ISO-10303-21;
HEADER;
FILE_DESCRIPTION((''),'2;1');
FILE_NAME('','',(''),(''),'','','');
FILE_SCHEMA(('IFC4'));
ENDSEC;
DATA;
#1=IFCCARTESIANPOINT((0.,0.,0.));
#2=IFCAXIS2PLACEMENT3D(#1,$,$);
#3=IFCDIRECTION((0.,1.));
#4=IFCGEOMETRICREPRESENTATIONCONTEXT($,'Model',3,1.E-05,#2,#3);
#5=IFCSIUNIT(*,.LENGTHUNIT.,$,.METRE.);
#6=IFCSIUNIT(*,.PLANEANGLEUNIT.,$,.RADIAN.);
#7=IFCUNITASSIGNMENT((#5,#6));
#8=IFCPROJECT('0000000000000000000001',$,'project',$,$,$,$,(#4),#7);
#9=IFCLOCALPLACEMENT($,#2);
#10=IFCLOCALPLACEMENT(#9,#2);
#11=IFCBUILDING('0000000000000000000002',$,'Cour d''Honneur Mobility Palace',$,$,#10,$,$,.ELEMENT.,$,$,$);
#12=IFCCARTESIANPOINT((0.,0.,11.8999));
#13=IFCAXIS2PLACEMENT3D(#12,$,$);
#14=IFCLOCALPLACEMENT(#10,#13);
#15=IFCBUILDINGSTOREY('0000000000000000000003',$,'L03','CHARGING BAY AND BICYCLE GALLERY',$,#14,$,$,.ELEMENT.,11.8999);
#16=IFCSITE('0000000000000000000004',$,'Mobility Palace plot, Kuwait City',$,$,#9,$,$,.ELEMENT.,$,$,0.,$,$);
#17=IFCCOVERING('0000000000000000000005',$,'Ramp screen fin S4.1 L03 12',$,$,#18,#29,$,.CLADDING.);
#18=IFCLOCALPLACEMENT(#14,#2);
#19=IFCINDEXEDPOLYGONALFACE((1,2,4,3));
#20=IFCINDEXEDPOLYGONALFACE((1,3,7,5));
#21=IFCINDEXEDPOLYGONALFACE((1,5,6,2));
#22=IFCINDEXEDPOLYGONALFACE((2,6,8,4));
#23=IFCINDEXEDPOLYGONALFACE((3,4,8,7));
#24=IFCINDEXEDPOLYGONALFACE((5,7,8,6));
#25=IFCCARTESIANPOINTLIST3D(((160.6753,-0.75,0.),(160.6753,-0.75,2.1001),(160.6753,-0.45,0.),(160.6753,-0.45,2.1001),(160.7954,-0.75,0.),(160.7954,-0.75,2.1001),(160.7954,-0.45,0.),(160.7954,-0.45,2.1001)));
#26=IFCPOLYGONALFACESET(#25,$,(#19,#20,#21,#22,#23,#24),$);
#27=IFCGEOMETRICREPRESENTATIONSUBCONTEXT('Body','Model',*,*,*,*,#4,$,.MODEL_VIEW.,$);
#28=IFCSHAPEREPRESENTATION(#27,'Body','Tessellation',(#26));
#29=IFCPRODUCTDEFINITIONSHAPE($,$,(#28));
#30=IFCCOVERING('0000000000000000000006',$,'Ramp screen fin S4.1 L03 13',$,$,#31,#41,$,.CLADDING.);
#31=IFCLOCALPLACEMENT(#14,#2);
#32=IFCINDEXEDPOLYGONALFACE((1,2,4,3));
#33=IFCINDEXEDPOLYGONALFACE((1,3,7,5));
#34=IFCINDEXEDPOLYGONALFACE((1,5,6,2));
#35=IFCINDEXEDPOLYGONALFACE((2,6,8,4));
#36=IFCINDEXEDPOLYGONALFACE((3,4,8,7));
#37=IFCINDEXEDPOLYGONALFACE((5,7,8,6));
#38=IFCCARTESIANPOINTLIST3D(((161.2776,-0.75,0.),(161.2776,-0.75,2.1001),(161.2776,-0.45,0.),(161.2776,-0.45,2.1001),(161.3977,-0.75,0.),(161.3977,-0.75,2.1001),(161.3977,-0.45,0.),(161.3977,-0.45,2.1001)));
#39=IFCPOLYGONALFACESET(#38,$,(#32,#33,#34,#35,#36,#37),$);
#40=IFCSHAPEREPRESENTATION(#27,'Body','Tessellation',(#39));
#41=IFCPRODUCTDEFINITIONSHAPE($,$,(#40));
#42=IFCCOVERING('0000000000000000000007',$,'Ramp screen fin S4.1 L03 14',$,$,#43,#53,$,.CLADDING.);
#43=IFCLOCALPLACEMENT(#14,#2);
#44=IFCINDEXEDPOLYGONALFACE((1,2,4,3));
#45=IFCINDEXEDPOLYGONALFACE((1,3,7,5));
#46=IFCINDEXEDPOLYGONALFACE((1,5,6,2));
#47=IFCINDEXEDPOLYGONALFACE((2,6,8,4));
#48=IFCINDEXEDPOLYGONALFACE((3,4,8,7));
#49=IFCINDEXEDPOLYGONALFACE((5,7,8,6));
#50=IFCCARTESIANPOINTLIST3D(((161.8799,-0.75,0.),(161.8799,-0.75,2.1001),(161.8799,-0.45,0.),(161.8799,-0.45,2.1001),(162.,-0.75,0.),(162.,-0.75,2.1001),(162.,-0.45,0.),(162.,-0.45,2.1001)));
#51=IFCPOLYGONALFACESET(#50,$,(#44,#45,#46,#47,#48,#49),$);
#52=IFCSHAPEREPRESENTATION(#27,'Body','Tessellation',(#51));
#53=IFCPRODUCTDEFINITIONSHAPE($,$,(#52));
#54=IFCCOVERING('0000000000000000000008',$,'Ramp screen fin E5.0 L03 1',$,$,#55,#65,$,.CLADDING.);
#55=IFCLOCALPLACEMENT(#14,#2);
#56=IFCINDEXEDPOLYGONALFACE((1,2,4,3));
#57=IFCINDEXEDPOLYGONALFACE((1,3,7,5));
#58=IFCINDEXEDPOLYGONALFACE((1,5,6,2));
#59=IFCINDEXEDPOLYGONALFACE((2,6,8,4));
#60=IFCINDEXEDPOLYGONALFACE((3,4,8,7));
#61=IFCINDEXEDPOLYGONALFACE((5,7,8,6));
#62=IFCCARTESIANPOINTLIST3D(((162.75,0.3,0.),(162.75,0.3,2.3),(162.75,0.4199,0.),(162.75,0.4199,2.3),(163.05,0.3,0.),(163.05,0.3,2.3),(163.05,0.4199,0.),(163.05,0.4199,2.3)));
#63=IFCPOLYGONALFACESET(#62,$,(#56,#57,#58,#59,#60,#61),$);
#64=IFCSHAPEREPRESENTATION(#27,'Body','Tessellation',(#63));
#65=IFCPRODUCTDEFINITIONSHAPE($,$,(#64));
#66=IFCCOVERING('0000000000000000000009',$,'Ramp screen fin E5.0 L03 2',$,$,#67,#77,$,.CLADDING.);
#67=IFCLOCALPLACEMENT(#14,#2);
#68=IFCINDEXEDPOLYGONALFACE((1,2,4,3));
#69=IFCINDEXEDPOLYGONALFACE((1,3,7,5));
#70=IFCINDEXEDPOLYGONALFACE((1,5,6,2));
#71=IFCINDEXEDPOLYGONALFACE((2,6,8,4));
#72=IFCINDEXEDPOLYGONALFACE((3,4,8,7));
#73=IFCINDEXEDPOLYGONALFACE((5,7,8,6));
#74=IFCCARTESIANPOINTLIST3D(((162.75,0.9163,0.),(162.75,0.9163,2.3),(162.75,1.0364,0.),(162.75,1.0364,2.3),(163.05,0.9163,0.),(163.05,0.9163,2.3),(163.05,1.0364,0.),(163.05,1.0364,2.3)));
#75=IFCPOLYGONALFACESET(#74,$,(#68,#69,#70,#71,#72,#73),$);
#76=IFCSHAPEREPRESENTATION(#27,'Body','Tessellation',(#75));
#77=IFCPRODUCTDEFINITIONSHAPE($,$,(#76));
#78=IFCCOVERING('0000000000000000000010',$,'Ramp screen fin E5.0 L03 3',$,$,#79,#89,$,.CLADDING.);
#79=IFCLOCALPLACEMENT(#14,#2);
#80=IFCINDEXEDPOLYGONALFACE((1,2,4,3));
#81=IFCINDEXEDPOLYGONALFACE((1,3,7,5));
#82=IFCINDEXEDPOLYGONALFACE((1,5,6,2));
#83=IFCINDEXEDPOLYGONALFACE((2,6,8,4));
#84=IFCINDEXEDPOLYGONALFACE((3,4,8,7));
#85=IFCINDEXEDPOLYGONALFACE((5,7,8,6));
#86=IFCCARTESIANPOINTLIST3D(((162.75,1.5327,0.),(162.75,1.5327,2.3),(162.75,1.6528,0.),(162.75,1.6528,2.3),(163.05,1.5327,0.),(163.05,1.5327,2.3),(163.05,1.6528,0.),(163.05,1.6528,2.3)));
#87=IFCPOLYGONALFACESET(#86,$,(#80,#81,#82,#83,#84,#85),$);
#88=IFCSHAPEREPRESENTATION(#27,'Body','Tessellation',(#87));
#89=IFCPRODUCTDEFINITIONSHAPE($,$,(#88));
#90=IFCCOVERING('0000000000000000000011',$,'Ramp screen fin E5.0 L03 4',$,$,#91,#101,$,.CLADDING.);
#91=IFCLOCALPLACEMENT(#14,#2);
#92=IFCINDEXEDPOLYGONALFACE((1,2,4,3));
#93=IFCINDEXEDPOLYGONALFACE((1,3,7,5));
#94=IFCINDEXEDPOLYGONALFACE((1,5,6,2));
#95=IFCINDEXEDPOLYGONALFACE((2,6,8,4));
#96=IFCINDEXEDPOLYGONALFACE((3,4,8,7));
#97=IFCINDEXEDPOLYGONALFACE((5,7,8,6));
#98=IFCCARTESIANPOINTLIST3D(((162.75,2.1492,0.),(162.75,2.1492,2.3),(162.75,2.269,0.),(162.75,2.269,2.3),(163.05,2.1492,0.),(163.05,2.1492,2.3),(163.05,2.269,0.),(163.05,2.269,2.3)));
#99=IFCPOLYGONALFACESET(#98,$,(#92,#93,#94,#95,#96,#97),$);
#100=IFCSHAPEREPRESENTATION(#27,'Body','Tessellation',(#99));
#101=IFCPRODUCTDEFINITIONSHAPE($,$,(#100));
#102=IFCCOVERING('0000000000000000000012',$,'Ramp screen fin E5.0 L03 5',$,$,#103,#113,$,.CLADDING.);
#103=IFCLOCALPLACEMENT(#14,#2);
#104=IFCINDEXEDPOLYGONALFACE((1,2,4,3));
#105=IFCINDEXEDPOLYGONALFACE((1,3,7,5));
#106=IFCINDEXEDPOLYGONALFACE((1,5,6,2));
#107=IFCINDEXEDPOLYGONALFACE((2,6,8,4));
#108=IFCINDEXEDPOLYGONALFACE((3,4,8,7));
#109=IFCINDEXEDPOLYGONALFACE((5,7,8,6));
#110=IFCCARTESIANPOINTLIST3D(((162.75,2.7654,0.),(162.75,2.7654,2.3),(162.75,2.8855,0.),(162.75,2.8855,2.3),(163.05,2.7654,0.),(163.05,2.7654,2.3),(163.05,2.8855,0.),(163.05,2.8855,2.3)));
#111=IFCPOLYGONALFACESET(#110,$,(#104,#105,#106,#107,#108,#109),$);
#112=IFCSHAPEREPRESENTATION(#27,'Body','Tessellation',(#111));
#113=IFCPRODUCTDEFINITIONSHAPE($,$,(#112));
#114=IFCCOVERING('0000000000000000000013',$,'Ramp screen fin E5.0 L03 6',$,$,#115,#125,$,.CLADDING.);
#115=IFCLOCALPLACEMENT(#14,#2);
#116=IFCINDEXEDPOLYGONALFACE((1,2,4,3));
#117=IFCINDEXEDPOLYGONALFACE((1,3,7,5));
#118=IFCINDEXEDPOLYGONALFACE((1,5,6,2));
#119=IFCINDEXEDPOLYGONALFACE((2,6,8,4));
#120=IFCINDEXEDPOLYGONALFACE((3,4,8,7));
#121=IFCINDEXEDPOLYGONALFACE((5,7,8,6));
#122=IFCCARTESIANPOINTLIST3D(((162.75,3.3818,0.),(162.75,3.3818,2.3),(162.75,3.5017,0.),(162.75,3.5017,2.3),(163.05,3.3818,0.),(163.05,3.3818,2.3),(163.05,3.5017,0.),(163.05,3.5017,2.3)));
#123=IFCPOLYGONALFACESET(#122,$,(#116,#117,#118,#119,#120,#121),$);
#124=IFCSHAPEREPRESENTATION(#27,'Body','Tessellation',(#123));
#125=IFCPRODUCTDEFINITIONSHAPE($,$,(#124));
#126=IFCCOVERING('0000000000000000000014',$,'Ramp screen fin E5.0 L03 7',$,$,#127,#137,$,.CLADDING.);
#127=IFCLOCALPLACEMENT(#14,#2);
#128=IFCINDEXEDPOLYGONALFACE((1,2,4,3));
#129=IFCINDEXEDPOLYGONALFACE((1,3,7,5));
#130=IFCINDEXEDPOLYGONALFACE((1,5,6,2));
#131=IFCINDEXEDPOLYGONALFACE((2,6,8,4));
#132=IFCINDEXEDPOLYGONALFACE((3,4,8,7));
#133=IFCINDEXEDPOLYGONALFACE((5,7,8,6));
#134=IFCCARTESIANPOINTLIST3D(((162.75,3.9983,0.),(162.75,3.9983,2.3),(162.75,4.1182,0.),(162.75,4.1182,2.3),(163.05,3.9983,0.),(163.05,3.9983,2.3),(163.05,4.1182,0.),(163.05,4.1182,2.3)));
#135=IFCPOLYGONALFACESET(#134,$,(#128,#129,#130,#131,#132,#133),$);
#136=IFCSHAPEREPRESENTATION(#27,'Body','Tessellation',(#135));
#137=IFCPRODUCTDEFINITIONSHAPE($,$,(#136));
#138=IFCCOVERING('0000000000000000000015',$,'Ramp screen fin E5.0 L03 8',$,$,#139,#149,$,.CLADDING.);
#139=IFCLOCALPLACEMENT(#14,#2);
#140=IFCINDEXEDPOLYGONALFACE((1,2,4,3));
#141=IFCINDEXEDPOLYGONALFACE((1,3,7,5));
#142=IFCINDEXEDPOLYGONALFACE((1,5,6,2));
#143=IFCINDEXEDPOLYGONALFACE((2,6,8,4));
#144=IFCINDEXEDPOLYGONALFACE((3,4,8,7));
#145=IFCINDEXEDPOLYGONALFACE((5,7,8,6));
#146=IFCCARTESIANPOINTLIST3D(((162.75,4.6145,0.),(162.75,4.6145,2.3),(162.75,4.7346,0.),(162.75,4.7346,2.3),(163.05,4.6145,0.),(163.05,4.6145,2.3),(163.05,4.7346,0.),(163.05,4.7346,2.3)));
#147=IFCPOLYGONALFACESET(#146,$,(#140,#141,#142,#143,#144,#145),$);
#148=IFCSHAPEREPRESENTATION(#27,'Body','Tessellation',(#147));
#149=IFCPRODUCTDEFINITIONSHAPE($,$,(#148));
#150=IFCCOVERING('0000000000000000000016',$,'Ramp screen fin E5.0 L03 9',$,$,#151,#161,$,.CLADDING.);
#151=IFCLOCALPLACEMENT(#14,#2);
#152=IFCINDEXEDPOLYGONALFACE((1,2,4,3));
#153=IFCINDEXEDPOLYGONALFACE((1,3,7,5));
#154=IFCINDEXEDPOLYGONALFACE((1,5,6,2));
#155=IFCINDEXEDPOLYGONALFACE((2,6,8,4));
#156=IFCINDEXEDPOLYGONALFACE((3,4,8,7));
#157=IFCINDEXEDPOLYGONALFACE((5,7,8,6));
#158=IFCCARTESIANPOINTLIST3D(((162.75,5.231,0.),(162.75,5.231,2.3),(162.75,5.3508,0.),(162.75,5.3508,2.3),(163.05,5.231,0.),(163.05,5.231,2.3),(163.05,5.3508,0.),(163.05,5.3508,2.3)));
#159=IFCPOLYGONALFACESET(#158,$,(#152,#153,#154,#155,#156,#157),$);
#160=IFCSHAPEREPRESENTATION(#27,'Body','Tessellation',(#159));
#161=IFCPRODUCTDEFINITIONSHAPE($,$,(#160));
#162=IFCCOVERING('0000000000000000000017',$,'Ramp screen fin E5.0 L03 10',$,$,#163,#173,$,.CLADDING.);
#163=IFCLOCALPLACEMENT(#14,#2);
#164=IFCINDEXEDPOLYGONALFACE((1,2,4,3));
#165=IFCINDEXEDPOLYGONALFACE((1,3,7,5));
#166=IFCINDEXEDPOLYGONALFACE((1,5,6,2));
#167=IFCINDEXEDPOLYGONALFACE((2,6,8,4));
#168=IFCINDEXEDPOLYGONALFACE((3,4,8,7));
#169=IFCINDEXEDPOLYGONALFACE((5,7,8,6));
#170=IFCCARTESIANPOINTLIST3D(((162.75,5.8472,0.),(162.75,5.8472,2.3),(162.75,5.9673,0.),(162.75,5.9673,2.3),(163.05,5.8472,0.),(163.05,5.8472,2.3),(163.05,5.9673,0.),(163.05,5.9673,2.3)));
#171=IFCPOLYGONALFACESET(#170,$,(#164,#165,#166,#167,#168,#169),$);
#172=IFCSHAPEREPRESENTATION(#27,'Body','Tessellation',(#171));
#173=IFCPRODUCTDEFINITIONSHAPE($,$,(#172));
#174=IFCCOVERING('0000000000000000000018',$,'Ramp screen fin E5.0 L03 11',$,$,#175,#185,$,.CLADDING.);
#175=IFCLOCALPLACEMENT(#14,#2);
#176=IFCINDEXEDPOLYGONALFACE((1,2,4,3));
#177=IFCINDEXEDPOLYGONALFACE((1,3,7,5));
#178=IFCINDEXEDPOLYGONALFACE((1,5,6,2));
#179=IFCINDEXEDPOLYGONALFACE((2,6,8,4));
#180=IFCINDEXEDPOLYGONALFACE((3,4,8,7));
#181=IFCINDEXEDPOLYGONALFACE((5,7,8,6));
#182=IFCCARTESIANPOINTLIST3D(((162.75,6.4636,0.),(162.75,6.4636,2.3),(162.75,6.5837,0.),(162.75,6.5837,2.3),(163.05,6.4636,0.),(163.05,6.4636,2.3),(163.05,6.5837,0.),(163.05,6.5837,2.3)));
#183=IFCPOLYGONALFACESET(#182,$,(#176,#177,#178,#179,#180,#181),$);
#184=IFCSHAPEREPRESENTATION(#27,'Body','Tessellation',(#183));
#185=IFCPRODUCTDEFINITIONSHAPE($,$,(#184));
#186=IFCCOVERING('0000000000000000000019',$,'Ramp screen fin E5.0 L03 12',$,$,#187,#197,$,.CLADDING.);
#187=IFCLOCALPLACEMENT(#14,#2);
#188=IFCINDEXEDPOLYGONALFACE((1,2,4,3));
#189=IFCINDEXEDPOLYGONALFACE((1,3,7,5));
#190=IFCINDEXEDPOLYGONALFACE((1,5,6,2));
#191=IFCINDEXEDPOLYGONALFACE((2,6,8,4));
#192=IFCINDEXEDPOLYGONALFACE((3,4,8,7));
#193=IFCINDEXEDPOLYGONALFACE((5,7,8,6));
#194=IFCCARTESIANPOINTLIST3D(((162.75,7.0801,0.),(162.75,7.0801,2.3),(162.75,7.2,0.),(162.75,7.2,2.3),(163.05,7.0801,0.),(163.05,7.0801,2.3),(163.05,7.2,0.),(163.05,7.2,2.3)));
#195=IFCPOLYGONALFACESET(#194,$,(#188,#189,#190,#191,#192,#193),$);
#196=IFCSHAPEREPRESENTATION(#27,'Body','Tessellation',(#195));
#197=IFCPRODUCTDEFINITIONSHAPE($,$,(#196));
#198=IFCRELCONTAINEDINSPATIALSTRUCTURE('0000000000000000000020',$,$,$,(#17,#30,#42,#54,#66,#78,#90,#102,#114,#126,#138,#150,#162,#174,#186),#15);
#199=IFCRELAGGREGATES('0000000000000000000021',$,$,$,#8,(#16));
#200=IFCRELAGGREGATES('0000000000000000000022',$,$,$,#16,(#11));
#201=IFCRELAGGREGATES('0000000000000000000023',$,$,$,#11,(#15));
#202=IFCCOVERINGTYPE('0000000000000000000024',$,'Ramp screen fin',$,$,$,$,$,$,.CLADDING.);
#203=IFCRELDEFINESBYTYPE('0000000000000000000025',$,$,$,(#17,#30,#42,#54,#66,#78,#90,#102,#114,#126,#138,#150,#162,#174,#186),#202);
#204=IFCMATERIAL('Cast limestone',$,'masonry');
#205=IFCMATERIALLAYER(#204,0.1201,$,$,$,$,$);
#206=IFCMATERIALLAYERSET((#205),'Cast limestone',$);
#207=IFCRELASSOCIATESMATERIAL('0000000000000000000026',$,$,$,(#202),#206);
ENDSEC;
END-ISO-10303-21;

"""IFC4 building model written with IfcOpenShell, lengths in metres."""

from ifc_helpers import new_model, si_unit, direction, frame, origin, place, context, subcontext, project, spatial, polyline, outline, extrude, material, layer, layer_set, type_object, element, save


model = new_model("IFC4")

# Units and contexts
model_context = context("Model", 3, precision=1e-05, world=origin(), true_north=direction((0.0, 1.0)))
body_context = subcontext(model_context, "Body", "Model", "MODEL_VIEW")
ifc_project = project(units=[si_unit("LENGTHUNIT", "METRE"), si_unit("PLANEANGLEUNIT", "RADIAN")], contexts=[model_context])

# Site, building, storey
site_placement = place(None, origin())
site = spatial("IfcSite", under=ifc_project, at=site_placement, Name="Mobility Palace plot, Kuwait City", CompositionType="ELEMENT", RefElevation=0.0)
building_placement = place(site_placement, origin())
building = spatial("IfcBuilding", under=site, at=building_placement, Name="Cour d'Honneur Mobility Palace", CompositionType="ELEMENT")
storey_placement = place(building_placement, frame((0.0, 0.0, 11.8999)))
storey = spatial("IfcBuildingStorey", under=building, at=storey_placement, Name="L03", Description="CHARGING BAY AND BICYCLE GALLERY", CompositionType="ELEMENT", Elevation=11.8999)

# Coverings
ifc_material_1 = material(Name="Cast limestone", Category="masonry")
ifc_layer_1 = layer(ifc_material_1, 0.1201)
ifc_layer_set_1 = layer_set([ifc_layer_1], Name="Cast limestone")
covering_type = type_object("IfcCoveringType", Name="Ramp screen fin", PredefinedType="CLADDING", material=ifc_layer_set_1)
covering_1_placement = place(storey_placement, origin())
element("IfcCovering", 1, at=covering_1_placement, inside=storey, type_object=covering_type, Name="Ramp screen fin S4.1 L03 12", PredefinedType="CLADDING", context=body_context, shape_type="SweptSolid", body=[
    extrude(outline(polyline([(160.6753, -0.45), (160.7954, -0.45), (160.7954, -0.75), (160.6753, -0.75), (160.6753, -0.45)])), origin(), (0.0, 0.0, 1.0), 2.1001),
])
covering_2_placement = place(storey_placement, origin())
element("IfcCovering", 2, at=covering_2_placement, inside=storey, type_object=covering_type, Name="Ramp screen fin S4.1 L03 13", PredefinedType="CLADDING", context=body_context, shape_type="SweptSolid", body=[
    extrude(outline(polyline([(161.2776, -0.45), (161.3977, -0.45), (161.3977, -0.75), (161.2776, -0.75), (161.2776, -0.45)])), origin(), (0.0, 0.0, 1.0), 2.1001),
])
covering_3_placement = place(storey_placement, origin())
element("IfcCovering", 3, at=covering_3_placement, inside=storey, type_object=covering_type, Name="Ramp screen fin S4.1 L03 14", PredefinedType="CLADDING", context=body_context, shape_type="SweptSolid", body=[
    extrude(outline(polyline([(161.8799, -0.45), (162.0, -0.45), (162.0, -0.75), (161.8799, -0.75), (161.8799, -0.45)])), origin(), (0.0, 0.0, 1.0), 2.1001),
])
covering_4_placement = place(storey_placement, origin())
element("IfcCovering", 4, at=covering_4_placement, inside=storey, type_object=covering_type, Name="Ramp screen fin E5.0 L03 1", PredefinedType="CLADDING", context=body_context, shape_type="SweptSolid", body=[
    extrude(outline(polyline([(162.75, 0.3), (162.75, 0.4199), (163.05, 0.4199), (163.05, 0.3), (162.75, 0.3)])), origin(), (0.0, 0.0, 1.0), 2.3),
])
covering_5_placement = place(storey_placement, origin())
element("IfcCovering", 5, at=covering_5_placement, inside=storey, type_object=covering_type, Name="Ramp screen fin E5.0 L03 2", PredefinedType="CLADDING", context=body_context, shape_type="SweptSolid", body=[
    extrude(outline(polyline([(162.75, 0.9163), (162.75, 1.0364), (163.05, 1.0364), (163.05, 0.9163), (162.75, 0.9163)])), origin(), (0.0, 0.0, 1.0), 2.3),
])
covering_6_placement = place(storey_placement, origin())
element("IfcCovering", 6, at=covering_6_placement, inside=storey, type_object=covering_type, Name="Ramp screen fin E5.0 L03 3", PredefinedType="CLADDING", context=body_context, shape_type="SweptSolid", body=[
    extrude(outline(polyline([(162.75, 1.5327), (162.75, 1.6528), (163.05, 1.6528), (163.05, 1.5327), (162.75, 1.5327)])), origin(), (0.0, 0.0, 1.0), 2.3),
])
covering_7_placement = place(storey_placement, origin())
element("IfcCovering", 7, at=covering_7_placement, inside=storey, type_object=covering_type, Name="Ramp screen fin E5.0 L03 4", PredefinedType="CLADDING", context=body_context, shape_type="SweptSolid", body=[
    extrude(outline(polyline([(162.75, 2.1492), (162.75, 2.269), (163.05, 2.269), (163.05, 2.1492), (162.75, 2.1492)])), origin(), (0.0, 0.0, 1.0), 2.3),
])
covering_8_placement = place(storey_placement, origin())
element("IfcCovering", 8, at=covering_8_placement, inside=storey, type_object=covering_type, Name="Ramp screen fin E5.0 L03 5", PredefinedType="CLADDING", context=body_context, shape_type="SweptSolid", body=[
    extrude(outline(polyline([(162.75, 2.7654), (162.75, 2.8855), (163.05, 2.8855), (163.05, 2.7654), (162.75, 2.7654)])), origin(), (0.0, 0.0, 1.0), 2.3),
])
covering_9_placement = place(storey_placement, origin())
element("IfcCovering", 9, at=covering_9_placement, inside=storey, type_object=covering_type, Name="Ramp screen fin E5.0 L03 6", PredefinedType="CLADDING", context=body_context, shape_type="SweptSolid", body=[
    extrude(outline(polyline([(162.75, 3.3818), (162.75, 3.5017), (163.05, 3.5017), (163.05, 3.3818), (162.75, 3.3818)])), origin(), (0.0, 0.0, 1.0), 2.3),
])
covering_10_placement = place(storey_placement, origin())
element("IfcCovering", 10, at=covering_10_placement, inside=storey, type_object=covering_type, Name="Ramp screen fin E5.0 L03 7", PredefinedType="CLADDING", context=body_context, shape_type="SweptSolid", body=[
    extrude(outline(polyline([(162.75, 3.9983), (162.75, 4.1182), (163.05, 4.1182), (163.05, 3.9983), (162.75, 3.9983)])), origin(), (0.0, 0.0, 1.0), 2.3),
])
covering_11_placement = place(storey_placement, origin())
element("IfcCovering", 11, at=covering_11_placement, inside=storey, type_object=covering_type, Name="Ramp screen fin E5.0 L03 8", PredefinedType="CLADDING", context=body_context, shape_type="SweptSolid", body=[
    extrude(outline(polyline([(162.75, 4.6145), (162.75, 4.7346), (163.05, 4.7346), (163.05, 4.6145), (162.75, 4.6145)])), origin(), (0.0, 0.0, 1.0), 2.3),
])
covering_12_placement = place(storey_placement, origin())
element("IfcCovering", 12, at=covering_12_placement, inside=storey, type_object=covering_type, Name="Ramp screen fin E5.0 L03 9", PredefinedType="CLADDING", context=body_context, shape_type="SweptSolid", body=[
    extrude(outline(polyline([(162.75, 5.231), (162.75, 5.3508), (163.05, 5.3508), (163.05, 5.231), (162.75, 5.231)])), origin(), (0.0, 0.0, 1.0), 2.3),
])
covering_13_placement = place(storey_placement, origin())
element("IfcCovering", 13, at=covering_13_placement, inside=storey, type_object=covering_type, Name="Ramp screen fin E5.0 L03 10", PredefinedType="CLADDING", context=body_context, shape_type="SweptSolid", body=[
    extrude(outline(polyline([(162.75, 5.8472), (162.75, 5.9673), (163.05, 5.9673), (163.05, 5.8472), (162.75, 5.8472)])), origin(), (0.0, 0.0, 1.0), 2.3),
])
covering_14_placement = place(storey_placement, origin())
element("IfcCovering", 14, at=covering_14_placement, inside=storey, type_object=covering_type, Name="Ramp screen fin E5.0 L03 11", PredefinedType="CLADDING", context=body_context, shape_type="SweptSolid", body=[
    extrude(outline(polyline([(162.75, 6.4636), (162.75, 6.5837), (163.05, 6.5837), (163.05, 6.4636), (162.75, 6.4636)])), origin(), (0.0, 0.0, 1.0), 2.3),
])
covering_15_placement = place(storey_placement, origin())
element("IfcCovering", 15, at=covering_15_placement, inside=storey, type_object=covering_type, Name="Ramp screen fin E5.0 L03 12", PredefinedType="CLADDING", context=body_context, shape_type="SweptSolid", body=[
    extrude(outline(polyline([(162.75, 7.0801), (162.75, 7.2), (163.05, 7.2), (163.05, 7.0801), (162.75, 7.0801)])), origin(), (0.0, 0.0, 1.0), 2.3),
])

save(model, "model.ifc")
